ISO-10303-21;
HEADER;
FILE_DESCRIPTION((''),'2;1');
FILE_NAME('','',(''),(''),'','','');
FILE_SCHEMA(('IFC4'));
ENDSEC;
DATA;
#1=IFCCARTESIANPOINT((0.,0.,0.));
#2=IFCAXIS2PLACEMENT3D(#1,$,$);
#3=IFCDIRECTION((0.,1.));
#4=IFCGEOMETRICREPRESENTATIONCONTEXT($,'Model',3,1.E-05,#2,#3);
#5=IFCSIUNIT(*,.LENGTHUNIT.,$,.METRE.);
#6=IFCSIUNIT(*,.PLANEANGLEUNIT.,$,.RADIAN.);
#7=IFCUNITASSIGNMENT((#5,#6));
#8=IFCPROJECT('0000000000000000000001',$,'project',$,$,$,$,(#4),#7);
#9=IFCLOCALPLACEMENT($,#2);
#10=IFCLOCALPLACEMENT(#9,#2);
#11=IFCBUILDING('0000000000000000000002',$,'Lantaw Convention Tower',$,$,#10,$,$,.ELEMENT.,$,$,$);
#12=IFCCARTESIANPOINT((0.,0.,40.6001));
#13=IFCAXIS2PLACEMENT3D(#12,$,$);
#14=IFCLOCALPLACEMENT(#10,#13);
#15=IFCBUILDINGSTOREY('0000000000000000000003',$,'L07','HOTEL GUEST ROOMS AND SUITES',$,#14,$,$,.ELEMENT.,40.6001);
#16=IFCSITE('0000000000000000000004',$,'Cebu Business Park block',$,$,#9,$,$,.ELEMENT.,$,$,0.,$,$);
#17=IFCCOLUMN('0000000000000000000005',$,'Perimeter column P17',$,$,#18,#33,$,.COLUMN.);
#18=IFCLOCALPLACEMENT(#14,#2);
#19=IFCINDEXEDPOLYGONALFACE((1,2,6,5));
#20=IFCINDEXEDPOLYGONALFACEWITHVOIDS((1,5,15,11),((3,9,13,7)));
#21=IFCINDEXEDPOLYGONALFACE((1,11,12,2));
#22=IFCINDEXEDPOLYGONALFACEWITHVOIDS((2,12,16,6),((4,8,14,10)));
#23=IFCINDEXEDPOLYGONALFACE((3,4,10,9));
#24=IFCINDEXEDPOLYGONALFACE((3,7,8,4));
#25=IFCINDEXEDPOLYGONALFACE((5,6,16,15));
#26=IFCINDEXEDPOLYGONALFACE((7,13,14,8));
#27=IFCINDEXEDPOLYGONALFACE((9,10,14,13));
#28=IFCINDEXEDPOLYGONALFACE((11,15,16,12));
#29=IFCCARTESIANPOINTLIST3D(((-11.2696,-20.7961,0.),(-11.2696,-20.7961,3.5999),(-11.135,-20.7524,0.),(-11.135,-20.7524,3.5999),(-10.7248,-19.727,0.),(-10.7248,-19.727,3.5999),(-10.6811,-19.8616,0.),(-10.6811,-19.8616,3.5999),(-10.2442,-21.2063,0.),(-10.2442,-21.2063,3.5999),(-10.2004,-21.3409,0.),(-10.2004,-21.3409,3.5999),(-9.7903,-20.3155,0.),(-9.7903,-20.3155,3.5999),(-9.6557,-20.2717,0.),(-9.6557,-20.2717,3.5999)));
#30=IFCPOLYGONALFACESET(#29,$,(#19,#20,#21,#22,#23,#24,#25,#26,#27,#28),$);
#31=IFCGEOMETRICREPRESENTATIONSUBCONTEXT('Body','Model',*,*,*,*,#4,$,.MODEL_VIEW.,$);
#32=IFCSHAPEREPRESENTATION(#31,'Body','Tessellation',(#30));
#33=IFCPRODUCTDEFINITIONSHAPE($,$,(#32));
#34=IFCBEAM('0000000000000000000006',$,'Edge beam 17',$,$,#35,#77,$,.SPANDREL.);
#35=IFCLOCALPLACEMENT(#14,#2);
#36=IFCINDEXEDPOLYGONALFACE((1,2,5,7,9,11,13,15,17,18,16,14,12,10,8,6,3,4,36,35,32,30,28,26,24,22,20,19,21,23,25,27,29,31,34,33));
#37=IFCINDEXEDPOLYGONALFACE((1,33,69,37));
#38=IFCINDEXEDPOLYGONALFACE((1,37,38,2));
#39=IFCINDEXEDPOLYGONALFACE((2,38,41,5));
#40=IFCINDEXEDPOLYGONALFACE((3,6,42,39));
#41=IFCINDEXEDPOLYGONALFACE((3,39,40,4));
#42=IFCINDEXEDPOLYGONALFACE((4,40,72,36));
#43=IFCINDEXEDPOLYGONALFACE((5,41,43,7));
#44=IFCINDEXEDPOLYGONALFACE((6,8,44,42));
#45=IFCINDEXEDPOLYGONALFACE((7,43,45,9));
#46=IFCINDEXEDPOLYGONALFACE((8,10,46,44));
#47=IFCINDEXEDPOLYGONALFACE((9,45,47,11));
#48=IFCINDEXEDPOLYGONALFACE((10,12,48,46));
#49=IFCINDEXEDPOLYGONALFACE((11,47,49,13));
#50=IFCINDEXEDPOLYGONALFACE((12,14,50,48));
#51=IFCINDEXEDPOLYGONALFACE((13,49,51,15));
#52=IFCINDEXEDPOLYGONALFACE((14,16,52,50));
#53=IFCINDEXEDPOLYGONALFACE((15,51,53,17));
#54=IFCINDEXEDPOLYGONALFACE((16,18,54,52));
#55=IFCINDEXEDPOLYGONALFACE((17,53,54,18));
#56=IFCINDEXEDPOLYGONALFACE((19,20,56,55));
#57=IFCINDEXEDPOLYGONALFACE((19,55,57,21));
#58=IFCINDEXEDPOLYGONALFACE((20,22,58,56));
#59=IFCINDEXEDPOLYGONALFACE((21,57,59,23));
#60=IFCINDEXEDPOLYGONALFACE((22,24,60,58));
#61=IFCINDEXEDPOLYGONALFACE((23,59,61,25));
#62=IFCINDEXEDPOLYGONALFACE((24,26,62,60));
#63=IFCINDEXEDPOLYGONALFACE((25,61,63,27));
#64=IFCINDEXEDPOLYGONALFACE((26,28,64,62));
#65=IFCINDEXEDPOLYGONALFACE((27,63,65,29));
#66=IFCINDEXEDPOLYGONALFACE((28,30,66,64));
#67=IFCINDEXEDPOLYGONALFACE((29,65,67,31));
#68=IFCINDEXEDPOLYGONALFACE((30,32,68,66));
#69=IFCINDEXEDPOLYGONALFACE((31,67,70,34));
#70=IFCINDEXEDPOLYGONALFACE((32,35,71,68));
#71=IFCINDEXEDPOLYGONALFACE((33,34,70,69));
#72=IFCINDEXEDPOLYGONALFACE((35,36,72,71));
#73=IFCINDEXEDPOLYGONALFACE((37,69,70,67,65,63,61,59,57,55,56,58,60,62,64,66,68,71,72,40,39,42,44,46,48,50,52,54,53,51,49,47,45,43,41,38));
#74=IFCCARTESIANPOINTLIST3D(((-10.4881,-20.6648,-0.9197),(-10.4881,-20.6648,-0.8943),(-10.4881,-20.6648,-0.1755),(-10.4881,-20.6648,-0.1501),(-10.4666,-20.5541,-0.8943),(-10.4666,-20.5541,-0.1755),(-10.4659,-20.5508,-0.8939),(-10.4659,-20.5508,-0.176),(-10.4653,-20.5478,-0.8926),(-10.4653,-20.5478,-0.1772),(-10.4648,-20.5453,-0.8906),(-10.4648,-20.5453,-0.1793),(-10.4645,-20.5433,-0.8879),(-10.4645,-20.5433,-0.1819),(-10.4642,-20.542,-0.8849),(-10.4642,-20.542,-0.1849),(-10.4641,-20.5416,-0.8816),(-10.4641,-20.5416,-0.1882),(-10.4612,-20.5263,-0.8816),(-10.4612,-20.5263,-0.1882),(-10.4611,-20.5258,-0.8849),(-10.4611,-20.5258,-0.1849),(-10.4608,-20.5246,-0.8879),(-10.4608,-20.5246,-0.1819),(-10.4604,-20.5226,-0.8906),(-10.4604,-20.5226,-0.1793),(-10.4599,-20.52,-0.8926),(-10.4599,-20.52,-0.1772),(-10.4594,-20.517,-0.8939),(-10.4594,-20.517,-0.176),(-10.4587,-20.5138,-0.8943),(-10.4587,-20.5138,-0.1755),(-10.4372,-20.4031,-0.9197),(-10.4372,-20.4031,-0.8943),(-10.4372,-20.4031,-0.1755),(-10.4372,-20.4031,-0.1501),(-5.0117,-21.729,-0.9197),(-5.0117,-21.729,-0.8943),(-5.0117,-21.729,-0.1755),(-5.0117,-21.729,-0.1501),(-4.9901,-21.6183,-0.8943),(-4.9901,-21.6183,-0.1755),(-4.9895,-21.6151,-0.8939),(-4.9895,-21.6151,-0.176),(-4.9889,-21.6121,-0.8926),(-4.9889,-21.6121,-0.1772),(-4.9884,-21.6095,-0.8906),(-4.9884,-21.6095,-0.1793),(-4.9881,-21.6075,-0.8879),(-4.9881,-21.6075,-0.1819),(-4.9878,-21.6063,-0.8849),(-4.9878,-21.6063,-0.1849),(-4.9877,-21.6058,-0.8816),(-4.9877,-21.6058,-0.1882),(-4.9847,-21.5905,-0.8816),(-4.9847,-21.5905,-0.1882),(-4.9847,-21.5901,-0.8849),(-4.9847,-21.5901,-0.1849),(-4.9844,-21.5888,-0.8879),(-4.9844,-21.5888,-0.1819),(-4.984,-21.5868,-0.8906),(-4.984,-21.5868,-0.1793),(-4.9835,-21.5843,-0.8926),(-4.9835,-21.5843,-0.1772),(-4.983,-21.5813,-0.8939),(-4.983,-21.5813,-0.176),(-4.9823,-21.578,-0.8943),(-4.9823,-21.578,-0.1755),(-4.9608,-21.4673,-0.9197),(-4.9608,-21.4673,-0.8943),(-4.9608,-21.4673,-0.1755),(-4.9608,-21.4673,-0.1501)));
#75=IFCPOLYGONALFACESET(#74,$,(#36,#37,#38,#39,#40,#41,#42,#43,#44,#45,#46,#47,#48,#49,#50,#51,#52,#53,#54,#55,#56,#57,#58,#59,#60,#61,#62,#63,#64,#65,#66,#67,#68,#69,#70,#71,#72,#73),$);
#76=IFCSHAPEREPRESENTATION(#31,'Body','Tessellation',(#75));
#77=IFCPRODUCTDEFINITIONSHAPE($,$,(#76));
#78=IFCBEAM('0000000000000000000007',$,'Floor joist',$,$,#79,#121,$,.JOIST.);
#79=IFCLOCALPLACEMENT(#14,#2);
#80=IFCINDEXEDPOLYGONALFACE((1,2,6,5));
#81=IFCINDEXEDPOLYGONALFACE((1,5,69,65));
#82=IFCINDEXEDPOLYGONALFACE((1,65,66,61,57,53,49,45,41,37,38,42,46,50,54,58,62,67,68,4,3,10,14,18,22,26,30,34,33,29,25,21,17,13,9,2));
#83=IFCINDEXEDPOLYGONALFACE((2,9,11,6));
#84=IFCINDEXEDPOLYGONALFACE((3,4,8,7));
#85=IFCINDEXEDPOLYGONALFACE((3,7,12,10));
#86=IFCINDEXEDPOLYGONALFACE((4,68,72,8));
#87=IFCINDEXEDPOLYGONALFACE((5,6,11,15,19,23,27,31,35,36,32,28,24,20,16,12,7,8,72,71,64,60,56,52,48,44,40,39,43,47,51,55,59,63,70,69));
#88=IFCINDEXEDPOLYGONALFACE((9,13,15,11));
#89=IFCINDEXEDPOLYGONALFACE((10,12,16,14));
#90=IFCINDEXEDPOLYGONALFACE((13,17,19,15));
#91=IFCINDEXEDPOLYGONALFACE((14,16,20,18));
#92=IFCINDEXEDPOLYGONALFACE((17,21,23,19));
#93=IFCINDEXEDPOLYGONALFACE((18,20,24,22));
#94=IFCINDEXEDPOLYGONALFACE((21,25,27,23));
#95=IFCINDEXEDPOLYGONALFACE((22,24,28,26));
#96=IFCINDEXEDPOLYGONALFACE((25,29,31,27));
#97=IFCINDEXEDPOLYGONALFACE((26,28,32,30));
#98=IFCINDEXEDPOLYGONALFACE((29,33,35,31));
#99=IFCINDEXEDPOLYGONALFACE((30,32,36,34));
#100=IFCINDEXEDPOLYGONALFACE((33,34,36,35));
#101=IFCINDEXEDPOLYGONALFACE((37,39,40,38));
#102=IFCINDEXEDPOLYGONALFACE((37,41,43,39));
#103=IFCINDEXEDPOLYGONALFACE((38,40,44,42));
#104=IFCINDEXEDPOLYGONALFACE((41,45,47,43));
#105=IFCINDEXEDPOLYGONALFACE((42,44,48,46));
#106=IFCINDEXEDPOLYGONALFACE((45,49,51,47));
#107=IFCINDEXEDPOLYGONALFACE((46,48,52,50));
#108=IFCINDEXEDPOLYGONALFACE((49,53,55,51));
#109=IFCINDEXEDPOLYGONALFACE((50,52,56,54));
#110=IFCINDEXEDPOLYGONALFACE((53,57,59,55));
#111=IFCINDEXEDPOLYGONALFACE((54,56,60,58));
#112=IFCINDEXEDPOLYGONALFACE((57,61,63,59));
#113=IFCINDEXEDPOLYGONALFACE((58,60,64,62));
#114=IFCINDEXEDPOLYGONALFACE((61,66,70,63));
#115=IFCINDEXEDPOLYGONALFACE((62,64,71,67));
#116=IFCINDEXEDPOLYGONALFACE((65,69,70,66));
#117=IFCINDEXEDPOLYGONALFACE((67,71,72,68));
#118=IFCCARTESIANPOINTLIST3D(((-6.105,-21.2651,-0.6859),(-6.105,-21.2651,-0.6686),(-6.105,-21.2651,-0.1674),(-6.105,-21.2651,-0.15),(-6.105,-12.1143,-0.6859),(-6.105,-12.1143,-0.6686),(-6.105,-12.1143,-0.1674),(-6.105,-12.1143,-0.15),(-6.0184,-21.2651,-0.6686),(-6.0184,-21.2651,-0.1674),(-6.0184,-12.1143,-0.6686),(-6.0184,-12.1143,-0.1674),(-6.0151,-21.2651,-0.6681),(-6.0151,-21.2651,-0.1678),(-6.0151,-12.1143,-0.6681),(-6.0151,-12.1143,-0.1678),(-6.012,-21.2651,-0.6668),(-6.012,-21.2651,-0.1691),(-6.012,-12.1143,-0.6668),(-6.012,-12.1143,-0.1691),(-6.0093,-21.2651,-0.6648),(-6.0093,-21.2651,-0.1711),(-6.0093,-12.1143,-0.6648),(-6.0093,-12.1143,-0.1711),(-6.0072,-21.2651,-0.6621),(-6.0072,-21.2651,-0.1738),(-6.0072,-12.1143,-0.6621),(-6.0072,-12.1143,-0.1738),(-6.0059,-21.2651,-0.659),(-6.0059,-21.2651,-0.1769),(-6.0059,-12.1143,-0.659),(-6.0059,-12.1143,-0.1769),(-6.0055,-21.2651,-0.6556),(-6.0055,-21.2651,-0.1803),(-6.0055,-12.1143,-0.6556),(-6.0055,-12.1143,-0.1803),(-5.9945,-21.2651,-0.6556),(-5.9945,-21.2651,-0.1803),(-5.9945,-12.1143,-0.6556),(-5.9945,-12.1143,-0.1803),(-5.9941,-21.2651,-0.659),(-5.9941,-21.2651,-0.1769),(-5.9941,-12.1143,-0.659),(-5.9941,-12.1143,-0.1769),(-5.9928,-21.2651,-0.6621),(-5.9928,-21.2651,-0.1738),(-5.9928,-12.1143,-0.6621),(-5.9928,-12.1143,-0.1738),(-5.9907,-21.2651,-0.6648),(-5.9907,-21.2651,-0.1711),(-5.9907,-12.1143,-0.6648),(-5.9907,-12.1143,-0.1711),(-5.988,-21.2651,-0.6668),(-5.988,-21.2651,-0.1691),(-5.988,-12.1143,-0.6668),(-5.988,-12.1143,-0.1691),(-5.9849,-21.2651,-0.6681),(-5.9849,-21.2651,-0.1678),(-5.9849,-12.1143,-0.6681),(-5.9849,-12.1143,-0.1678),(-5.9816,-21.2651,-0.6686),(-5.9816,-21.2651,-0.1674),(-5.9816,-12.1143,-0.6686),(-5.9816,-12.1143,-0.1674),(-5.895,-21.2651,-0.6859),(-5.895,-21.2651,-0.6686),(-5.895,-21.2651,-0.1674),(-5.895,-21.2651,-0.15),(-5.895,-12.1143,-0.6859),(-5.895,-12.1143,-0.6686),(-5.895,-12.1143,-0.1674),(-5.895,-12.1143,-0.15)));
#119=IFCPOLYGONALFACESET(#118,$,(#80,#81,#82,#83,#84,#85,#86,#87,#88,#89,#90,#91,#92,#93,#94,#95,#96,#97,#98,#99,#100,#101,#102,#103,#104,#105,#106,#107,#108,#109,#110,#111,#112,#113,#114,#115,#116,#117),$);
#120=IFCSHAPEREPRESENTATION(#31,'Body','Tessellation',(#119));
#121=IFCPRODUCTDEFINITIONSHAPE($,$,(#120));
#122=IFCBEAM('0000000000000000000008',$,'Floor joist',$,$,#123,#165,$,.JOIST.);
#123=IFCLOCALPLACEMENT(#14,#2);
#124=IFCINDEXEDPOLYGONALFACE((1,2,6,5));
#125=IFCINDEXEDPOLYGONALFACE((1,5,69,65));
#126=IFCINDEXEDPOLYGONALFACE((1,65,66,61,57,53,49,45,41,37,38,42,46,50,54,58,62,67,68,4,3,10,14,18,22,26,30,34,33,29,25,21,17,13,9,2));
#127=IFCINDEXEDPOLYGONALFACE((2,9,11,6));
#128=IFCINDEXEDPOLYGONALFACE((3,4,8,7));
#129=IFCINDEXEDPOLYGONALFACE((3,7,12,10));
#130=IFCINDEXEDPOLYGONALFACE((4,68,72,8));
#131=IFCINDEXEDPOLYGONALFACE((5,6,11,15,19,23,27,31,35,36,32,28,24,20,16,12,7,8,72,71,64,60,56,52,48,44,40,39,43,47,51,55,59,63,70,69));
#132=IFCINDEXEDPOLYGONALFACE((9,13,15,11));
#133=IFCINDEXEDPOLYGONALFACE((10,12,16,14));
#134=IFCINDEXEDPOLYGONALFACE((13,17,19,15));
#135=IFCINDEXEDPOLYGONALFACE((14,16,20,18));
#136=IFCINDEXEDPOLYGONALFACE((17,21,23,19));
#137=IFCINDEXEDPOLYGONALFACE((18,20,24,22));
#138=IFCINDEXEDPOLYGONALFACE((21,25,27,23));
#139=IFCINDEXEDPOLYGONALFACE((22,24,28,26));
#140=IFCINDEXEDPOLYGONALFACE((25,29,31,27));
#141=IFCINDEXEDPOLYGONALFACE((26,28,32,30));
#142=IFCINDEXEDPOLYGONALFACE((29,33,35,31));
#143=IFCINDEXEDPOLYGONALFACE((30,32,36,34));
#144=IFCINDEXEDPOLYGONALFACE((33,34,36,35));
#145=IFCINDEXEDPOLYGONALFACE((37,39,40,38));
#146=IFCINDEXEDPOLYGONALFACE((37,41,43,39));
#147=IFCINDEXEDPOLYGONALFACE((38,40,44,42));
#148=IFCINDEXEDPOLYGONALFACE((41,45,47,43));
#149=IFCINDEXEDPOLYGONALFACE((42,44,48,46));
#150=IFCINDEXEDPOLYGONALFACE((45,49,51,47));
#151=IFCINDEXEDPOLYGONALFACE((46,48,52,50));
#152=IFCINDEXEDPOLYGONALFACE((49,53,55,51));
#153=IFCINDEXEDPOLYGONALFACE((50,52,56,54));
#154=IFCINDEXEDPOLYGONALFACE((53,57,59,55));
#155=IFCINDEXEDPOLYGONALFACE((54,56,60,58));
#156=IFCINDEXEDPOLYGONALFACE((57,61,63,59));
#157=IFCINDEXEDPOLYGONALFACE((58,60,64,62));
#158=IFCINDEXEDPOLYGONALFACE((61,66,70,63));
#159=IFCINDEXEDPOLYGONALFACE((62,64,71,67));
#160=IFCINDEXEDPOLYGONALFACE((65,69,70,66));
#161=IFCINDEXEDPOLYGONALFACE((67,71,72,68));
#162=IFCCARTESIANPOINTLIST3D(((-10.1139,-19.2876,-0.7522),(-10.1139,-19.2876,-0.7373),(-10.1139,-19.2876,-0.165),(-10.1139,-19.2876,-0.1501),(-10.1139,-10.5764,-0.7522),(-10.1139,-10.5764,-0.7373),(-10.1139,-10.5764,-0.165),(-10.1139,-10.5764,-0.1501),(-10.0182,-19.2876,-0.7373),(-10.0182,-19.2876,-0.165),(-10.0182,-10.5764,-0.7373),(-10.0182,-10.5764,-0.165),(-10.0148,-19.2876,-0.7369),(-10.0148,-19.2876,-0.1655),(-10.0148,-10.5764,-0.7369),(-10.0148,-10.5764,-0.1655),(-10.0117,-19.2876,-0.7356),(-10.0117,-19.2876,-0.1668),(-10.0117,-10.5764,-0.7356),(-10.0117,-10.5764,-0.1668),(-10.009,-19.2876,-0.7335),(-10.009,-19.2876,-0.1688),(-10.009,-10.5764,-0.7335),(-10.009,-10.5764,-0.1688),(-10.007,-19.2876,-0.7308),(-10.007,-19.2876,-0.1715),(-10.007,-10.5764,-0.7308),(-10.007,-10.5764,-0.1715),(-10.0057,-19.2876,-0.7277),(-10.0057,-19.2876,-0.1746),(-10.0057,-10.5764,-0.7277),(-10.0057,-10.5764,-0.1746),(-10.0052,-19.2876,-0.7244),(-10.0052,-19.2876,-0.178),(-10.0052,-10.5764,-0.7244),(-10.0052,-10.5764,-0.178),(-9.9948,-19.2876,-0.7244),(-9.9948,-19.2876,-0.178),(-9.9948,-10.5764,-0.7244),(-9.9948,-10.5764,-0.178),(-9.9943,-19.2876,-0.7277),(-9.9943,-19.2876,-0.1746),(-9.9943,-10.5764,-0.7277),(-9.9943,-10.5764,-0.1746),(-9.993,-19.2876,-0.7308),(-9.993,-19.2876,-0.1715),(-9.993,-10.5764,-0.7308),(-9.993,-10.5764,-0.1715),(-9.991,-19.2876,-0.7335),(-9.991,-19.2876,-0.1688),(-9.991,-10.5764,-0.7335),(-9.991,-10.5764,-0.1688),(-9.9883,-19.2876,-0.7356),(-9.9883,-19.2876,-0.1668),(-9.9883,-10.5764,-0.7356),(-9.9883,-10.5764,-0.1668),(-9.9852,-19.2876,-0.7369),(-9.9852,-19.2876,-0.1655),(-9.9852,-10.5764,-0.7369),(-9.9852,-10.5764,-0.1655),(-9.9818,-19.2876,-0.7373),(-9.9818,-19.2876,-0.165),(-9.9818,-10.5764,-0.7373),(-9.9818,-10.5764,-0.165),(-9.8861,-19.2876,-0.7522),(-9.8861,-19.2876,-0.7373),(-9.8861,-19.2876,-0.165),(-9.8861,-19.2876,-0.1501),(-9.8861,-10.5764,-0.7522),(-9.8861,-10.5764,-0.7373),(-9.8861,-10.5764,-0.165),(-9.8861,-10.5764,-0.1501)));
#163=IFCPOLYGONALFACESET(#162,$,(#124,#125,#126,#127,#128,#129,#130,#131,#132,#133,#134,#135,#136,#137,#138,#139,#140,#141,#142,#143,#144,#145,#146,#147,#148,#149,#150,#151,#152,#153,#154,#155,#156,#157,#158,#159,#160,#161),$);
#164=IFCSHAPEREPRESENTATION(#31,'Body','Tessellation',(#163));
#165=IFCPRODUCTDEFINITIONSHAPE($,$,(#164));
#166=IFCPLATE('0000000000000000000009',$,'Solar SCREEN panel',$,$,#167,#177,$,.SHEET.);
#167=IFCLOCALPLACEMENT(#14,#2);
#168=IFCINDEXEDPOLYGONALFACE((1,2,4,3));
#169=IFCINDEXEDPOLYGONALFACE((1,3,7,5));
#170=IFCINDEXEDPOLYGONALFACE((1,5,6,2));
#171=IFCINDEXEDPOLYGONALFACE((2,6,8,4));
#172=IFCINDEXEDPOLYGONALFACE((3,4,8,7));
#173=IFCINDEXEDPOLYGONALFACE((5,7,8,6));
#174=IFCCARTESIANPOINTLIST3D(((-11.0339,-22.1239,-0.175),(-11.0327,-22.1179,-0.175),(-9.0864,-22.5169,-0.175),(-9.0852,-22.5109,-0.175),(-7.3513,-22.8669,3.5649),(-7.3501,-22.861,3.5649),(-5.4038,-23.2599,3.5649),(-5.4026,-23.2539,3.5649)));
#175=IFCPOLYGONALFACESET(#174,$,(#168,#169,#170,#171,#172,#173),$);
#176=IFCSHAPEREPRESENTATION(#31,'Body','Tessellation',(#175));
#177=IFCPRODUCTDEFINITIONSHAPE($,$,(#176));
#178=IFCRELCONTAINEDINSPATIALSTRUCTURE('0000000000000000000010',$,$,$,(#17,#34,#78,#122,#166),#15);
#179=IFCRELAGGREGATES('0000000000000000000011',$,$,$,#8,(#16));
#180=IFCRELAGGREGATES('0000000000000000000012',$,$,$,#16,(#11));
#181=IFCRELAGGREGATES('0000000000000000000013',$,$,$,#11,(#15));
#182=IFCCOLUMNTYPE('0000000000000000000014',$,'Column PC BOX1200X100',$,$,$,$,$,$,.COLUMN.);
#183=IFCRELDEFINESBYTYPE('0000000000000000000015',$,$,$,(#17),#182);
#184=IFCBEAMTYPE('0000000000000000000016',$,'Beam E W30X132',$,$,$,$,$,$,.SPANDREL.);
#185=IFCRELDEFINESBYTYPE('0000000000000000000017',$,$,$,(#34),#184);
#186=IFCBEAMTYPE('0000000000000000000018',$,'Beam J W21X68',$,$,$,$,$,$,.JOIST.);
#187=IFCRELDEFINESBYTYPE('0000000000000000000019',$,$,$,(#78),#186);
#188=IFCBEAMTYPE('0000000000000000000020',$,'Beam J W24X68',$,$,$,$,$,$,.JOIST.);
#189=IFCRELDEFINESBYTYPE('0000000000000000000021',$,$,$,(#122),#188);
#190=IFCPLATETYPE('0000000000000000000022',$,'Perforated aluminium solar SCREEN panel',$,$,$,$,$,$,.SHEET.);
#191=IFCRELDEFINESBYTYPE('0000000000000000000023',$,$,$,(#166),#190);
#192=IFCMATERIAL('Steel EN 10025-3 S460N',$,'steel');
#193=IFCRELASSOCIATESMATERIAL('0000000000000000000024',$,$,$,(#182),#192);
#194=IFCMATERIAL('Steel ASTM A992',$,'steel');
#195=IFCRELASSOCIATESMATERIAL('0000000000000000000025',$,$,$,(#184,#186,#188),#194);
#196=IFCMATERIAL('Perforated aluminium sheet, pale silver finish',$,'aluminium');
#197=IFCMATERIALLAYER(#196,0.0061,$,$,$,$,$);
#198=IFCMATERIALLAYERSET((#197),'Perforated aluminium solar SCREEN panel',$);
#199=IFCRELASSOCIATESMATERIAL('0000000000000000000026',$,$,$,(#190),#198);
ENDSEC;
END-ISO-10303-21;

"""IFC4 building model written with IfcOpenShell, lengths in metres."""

from ifc_helpers import new_model, si_unit, direction, frame, origin, origin_2d, place, context, subcontext, project, spatial, polyline, rectangle, hollow_rectangle, i_section, outline, extrude, material, layer, layer_set, material_profile, profile_set, type_object, element, save


model = new_model("IFC4")

# Units and contexts
model_context = context("Model", 3, precision=1e-05, world=origin(), true_north=direction((0.0, 1.0)))
body_context = subcontext(model_context, "Body", "Model", "MODEL_VIEW")
ifc_project = project(units=[si_unit("LENGTHUNIT", "METRE"), si_unit("PLANEANGLEUNIT", "RADIAN")], contexts=[model_context])

# Site, building, storey
site_placement = place(None, origin())
site = spatial("IfcSite", under=ifc_project, at=site_placement, Name="Cebu Business Park block", CompositionType="ELEMENT", RefElevation=0.0)
building_placement = place(site_placement, origin())
building = spatial("IfcBuilding", under=site, at=building_placement, Name="Lantaw Convention Tower", CompositionType="ELEMENT")
storey_placement = place(building_placement, frame((0.0, 0.0, 40.6001)))
storey = spatial("IfcBuildingStorey", under=building, at=storey_placement, Name="L07", Description="HOTEL GUEST ROOMS AND SUITES", CompositionType="ELEMENT", Elevation=40.6001)

# Column
ifc_material_1 = material(Name="Steel EN 10025-3 S460N", Category="steel")
ifc_material_profile_1 = material_profile(ifc_material_1, hollow_rectangle(XDim=1.2, YDim=1.2, WallThickness=0.1001, at=origin_2d()), Name="BOX1200X100")
ifc_material_2 = material(Name="Concrete C60/75", Category="concrete")
ifc_material_profile_2 = material_profile(ifc_material_2, rectangle(XDim=1.0, YDim=1.0, at=origin_2d()), Name="Concrete fill of BOX1200X100")
ifc_profile_set_1 = profile_set([ifc_material_profile_1, ifc_material_profile_2], Name="Steel EN 10025-3 S460N")
column_type = type_object("IfcColumnType", Name="Column PC BOX1200X100", PredefinedType="COLUMN", material=ifc_profile_set_1)
column_placement = place(storey_placement, frame((-10.4626, -20.5339, 0.0), z_axis=(0.0, 0.0, 1.0), x_axis=(0.45399, 0.891007, 0.0)))
element("IfcColumn", 1, at=column_placement, inside=storey, type_object=column_type, Name="Perimeter column P17", PredefinedType="COLUMN", context=body_context, shape_type="SweptSolid", body=[
    extrude(hollow_rectangle(XDim=1.2, YDim=1.2, WallThickness=0.1001, at=origin_2d()), origin(), (0.0, 0.0, 1.0), 3.5999),
])

# Beams
ifc_material_3 = material(Name="Steel ASTM A992", Category="steel")
ifc_material_profile_3 = material_profile(ifc_material_3, i_section(OverallWidth=0.2666, OverallDepth=0.7695, WebThickness=0.0156, FlangeThickness=0.0254, FilletRadius=0.0127, at=origin_2d()), Name="W30X132")
ifc_profile_set_2 = profile_set([ifc_material_profile_3], Name="Steel ASTM A992")
beam_type_1 = type_object("IfcBeamType", Name="Beam E W30X132", PredefinedType="SPANDREL", material=ifc_profile_set_2)
beam_1_placement = place(storey_placement, frame((-10.4626, -20.5339, -0.5349), z_axis=(0.981637, -0.190761, 0.0), x_axis=(0.190761, 0.981637, 0.0)))
element("IfcBeam", 2, at=beam_1_placement, inside=storey, type_object=beam_type_1, Name="Edge beam 17", PredefinedType="SPANDREL", context=body_context, shape_type="SweptSolid", body=[
    extrude(i_section(OverallWidth=0.2666, OverallDepth=0.7695, WebThickness=0.0156, FlangeThickness=0.0254, FilletRadius=0.0127, at=origin_2d()), origin(), (0.0, 0.0, 1.0), 5.5789),
])
ifc_material_profile_4 = material_profile(ifc_material_3, i_section(OverallWidth=0.21, OverallDepth=0.5359, WebThickness=0.011, FlangeThickness=0.0173, FilletRadius=0.0129, at=origin_2d()), Name="W21X68")
ifc_profile_set_3 = profile_set([ifc_material_profile_4], Name="Steel ASTM A992")
beam_type_2 = type_object("IfcBeamType", Name="Beam J W21X68", PredefinedType="JOIST", material=ifc_profile_set_3)
beam_2_placement = place(storey_placement, frame((-6.0, -21.2651, -0.418), z_axis=(0.0, 1.0, 0.0), x_axis=(-1.0, 0.0, 0.0)))
element("IfcBeam", 3, at=beam_2_placement, inside=storey, type_object=beam_type_2, Name="Floor joist", PredefinedType="JOIST", context=body_context, shape_type="SweptSolid", body=[
    extrude(i_section(OverallWidth=0.21, OverallDepth=0.5359, WebThickness=0.011, FlangeThickness=0.0173, FilletRadius=0.0129, at=origin_2d()), origin(), (0.0, 0.0, 1.0), 9.1509),
])
ifc_material_profile_5 = material_profile(ifc_material_3, i_section(OverallWidth=0.2278, OverallDepth=0.6021, WebThickness=0.0105, FlangeThickness=0.0149, FilletRadius=0.0129, at=origin_2d()), Name="W24X68")
ifc_profile_set_4 = profile_set([ifc_material_profile_5], Name="Steel ASTM A992")
beam_type_3 = type_object("IfcBeamType", Name="Beam J W24X68", PredefinedType="JOIST", material=ifc_profile_set_4)
beam_3_placement = place(storey_placement, frame((-10.0, -19.2876, -0.4512), z_axis=(0.0, 1.0, 0.0), x_axis=(-1.0, 0.0, 0.0)))
element("IfcBeam", 4, at=beam_3_placement, inside=storey, type_object=beam_type_3, Name="Floor joist", PredefinedType="JOIST", context=body_context, shape_type="SweptSolid", body=[
    extrude(i_section(OverallWidth=0.2278, OverallDepth=0.6021, WebThickness=0.0105, FlangeThickness=0.0149, FilletRadius=0.0129, at=origin_2d()), origin(), (0.0, 0.0, 1.0), 8.7112),
])

# Plate
ifc_material_4 = material(Name="Perforated aluminium sheet, pale silver finish", Category="aluminium")
ifc_layer_1 = layer(ifc_material_4, 0.0061)
ifc_layer_set_1 = layer_set([ifc_layer_1], Name="Perforated aluminium solar SCREEN panel")
plate_type = type_object("IfcPlateType", Name="Perforated aluminium solar SCREEN panel", PredefinedType="SHEET", material=ifc_layer_set_1)
plate_1_placement = place(storey_placement, frame((-11.0327, -22.1179, -0.175), z_axis=(0.197782, 0.980246, 0.000002), x_axis=(0.980246, -0.197782, 0.0)))
element("IfcPlate", 5, at=plate_1_placement, inside=storey, type_object=plate_type, Name="Solar SCREEN panel", PredefinedType="SHEET", context=body_context, shape_type="SweptSolid", body=[
    extrude(outline(polyline([(0.0, 0.0), (1.9868, 0.0), (5.7436, -3.74), (3.7569, -3.74), (0.0, 0.0)])), origin(), (0.0, 0.0, -1.0), 0.0061),
])

save(model, "model.ifc")
